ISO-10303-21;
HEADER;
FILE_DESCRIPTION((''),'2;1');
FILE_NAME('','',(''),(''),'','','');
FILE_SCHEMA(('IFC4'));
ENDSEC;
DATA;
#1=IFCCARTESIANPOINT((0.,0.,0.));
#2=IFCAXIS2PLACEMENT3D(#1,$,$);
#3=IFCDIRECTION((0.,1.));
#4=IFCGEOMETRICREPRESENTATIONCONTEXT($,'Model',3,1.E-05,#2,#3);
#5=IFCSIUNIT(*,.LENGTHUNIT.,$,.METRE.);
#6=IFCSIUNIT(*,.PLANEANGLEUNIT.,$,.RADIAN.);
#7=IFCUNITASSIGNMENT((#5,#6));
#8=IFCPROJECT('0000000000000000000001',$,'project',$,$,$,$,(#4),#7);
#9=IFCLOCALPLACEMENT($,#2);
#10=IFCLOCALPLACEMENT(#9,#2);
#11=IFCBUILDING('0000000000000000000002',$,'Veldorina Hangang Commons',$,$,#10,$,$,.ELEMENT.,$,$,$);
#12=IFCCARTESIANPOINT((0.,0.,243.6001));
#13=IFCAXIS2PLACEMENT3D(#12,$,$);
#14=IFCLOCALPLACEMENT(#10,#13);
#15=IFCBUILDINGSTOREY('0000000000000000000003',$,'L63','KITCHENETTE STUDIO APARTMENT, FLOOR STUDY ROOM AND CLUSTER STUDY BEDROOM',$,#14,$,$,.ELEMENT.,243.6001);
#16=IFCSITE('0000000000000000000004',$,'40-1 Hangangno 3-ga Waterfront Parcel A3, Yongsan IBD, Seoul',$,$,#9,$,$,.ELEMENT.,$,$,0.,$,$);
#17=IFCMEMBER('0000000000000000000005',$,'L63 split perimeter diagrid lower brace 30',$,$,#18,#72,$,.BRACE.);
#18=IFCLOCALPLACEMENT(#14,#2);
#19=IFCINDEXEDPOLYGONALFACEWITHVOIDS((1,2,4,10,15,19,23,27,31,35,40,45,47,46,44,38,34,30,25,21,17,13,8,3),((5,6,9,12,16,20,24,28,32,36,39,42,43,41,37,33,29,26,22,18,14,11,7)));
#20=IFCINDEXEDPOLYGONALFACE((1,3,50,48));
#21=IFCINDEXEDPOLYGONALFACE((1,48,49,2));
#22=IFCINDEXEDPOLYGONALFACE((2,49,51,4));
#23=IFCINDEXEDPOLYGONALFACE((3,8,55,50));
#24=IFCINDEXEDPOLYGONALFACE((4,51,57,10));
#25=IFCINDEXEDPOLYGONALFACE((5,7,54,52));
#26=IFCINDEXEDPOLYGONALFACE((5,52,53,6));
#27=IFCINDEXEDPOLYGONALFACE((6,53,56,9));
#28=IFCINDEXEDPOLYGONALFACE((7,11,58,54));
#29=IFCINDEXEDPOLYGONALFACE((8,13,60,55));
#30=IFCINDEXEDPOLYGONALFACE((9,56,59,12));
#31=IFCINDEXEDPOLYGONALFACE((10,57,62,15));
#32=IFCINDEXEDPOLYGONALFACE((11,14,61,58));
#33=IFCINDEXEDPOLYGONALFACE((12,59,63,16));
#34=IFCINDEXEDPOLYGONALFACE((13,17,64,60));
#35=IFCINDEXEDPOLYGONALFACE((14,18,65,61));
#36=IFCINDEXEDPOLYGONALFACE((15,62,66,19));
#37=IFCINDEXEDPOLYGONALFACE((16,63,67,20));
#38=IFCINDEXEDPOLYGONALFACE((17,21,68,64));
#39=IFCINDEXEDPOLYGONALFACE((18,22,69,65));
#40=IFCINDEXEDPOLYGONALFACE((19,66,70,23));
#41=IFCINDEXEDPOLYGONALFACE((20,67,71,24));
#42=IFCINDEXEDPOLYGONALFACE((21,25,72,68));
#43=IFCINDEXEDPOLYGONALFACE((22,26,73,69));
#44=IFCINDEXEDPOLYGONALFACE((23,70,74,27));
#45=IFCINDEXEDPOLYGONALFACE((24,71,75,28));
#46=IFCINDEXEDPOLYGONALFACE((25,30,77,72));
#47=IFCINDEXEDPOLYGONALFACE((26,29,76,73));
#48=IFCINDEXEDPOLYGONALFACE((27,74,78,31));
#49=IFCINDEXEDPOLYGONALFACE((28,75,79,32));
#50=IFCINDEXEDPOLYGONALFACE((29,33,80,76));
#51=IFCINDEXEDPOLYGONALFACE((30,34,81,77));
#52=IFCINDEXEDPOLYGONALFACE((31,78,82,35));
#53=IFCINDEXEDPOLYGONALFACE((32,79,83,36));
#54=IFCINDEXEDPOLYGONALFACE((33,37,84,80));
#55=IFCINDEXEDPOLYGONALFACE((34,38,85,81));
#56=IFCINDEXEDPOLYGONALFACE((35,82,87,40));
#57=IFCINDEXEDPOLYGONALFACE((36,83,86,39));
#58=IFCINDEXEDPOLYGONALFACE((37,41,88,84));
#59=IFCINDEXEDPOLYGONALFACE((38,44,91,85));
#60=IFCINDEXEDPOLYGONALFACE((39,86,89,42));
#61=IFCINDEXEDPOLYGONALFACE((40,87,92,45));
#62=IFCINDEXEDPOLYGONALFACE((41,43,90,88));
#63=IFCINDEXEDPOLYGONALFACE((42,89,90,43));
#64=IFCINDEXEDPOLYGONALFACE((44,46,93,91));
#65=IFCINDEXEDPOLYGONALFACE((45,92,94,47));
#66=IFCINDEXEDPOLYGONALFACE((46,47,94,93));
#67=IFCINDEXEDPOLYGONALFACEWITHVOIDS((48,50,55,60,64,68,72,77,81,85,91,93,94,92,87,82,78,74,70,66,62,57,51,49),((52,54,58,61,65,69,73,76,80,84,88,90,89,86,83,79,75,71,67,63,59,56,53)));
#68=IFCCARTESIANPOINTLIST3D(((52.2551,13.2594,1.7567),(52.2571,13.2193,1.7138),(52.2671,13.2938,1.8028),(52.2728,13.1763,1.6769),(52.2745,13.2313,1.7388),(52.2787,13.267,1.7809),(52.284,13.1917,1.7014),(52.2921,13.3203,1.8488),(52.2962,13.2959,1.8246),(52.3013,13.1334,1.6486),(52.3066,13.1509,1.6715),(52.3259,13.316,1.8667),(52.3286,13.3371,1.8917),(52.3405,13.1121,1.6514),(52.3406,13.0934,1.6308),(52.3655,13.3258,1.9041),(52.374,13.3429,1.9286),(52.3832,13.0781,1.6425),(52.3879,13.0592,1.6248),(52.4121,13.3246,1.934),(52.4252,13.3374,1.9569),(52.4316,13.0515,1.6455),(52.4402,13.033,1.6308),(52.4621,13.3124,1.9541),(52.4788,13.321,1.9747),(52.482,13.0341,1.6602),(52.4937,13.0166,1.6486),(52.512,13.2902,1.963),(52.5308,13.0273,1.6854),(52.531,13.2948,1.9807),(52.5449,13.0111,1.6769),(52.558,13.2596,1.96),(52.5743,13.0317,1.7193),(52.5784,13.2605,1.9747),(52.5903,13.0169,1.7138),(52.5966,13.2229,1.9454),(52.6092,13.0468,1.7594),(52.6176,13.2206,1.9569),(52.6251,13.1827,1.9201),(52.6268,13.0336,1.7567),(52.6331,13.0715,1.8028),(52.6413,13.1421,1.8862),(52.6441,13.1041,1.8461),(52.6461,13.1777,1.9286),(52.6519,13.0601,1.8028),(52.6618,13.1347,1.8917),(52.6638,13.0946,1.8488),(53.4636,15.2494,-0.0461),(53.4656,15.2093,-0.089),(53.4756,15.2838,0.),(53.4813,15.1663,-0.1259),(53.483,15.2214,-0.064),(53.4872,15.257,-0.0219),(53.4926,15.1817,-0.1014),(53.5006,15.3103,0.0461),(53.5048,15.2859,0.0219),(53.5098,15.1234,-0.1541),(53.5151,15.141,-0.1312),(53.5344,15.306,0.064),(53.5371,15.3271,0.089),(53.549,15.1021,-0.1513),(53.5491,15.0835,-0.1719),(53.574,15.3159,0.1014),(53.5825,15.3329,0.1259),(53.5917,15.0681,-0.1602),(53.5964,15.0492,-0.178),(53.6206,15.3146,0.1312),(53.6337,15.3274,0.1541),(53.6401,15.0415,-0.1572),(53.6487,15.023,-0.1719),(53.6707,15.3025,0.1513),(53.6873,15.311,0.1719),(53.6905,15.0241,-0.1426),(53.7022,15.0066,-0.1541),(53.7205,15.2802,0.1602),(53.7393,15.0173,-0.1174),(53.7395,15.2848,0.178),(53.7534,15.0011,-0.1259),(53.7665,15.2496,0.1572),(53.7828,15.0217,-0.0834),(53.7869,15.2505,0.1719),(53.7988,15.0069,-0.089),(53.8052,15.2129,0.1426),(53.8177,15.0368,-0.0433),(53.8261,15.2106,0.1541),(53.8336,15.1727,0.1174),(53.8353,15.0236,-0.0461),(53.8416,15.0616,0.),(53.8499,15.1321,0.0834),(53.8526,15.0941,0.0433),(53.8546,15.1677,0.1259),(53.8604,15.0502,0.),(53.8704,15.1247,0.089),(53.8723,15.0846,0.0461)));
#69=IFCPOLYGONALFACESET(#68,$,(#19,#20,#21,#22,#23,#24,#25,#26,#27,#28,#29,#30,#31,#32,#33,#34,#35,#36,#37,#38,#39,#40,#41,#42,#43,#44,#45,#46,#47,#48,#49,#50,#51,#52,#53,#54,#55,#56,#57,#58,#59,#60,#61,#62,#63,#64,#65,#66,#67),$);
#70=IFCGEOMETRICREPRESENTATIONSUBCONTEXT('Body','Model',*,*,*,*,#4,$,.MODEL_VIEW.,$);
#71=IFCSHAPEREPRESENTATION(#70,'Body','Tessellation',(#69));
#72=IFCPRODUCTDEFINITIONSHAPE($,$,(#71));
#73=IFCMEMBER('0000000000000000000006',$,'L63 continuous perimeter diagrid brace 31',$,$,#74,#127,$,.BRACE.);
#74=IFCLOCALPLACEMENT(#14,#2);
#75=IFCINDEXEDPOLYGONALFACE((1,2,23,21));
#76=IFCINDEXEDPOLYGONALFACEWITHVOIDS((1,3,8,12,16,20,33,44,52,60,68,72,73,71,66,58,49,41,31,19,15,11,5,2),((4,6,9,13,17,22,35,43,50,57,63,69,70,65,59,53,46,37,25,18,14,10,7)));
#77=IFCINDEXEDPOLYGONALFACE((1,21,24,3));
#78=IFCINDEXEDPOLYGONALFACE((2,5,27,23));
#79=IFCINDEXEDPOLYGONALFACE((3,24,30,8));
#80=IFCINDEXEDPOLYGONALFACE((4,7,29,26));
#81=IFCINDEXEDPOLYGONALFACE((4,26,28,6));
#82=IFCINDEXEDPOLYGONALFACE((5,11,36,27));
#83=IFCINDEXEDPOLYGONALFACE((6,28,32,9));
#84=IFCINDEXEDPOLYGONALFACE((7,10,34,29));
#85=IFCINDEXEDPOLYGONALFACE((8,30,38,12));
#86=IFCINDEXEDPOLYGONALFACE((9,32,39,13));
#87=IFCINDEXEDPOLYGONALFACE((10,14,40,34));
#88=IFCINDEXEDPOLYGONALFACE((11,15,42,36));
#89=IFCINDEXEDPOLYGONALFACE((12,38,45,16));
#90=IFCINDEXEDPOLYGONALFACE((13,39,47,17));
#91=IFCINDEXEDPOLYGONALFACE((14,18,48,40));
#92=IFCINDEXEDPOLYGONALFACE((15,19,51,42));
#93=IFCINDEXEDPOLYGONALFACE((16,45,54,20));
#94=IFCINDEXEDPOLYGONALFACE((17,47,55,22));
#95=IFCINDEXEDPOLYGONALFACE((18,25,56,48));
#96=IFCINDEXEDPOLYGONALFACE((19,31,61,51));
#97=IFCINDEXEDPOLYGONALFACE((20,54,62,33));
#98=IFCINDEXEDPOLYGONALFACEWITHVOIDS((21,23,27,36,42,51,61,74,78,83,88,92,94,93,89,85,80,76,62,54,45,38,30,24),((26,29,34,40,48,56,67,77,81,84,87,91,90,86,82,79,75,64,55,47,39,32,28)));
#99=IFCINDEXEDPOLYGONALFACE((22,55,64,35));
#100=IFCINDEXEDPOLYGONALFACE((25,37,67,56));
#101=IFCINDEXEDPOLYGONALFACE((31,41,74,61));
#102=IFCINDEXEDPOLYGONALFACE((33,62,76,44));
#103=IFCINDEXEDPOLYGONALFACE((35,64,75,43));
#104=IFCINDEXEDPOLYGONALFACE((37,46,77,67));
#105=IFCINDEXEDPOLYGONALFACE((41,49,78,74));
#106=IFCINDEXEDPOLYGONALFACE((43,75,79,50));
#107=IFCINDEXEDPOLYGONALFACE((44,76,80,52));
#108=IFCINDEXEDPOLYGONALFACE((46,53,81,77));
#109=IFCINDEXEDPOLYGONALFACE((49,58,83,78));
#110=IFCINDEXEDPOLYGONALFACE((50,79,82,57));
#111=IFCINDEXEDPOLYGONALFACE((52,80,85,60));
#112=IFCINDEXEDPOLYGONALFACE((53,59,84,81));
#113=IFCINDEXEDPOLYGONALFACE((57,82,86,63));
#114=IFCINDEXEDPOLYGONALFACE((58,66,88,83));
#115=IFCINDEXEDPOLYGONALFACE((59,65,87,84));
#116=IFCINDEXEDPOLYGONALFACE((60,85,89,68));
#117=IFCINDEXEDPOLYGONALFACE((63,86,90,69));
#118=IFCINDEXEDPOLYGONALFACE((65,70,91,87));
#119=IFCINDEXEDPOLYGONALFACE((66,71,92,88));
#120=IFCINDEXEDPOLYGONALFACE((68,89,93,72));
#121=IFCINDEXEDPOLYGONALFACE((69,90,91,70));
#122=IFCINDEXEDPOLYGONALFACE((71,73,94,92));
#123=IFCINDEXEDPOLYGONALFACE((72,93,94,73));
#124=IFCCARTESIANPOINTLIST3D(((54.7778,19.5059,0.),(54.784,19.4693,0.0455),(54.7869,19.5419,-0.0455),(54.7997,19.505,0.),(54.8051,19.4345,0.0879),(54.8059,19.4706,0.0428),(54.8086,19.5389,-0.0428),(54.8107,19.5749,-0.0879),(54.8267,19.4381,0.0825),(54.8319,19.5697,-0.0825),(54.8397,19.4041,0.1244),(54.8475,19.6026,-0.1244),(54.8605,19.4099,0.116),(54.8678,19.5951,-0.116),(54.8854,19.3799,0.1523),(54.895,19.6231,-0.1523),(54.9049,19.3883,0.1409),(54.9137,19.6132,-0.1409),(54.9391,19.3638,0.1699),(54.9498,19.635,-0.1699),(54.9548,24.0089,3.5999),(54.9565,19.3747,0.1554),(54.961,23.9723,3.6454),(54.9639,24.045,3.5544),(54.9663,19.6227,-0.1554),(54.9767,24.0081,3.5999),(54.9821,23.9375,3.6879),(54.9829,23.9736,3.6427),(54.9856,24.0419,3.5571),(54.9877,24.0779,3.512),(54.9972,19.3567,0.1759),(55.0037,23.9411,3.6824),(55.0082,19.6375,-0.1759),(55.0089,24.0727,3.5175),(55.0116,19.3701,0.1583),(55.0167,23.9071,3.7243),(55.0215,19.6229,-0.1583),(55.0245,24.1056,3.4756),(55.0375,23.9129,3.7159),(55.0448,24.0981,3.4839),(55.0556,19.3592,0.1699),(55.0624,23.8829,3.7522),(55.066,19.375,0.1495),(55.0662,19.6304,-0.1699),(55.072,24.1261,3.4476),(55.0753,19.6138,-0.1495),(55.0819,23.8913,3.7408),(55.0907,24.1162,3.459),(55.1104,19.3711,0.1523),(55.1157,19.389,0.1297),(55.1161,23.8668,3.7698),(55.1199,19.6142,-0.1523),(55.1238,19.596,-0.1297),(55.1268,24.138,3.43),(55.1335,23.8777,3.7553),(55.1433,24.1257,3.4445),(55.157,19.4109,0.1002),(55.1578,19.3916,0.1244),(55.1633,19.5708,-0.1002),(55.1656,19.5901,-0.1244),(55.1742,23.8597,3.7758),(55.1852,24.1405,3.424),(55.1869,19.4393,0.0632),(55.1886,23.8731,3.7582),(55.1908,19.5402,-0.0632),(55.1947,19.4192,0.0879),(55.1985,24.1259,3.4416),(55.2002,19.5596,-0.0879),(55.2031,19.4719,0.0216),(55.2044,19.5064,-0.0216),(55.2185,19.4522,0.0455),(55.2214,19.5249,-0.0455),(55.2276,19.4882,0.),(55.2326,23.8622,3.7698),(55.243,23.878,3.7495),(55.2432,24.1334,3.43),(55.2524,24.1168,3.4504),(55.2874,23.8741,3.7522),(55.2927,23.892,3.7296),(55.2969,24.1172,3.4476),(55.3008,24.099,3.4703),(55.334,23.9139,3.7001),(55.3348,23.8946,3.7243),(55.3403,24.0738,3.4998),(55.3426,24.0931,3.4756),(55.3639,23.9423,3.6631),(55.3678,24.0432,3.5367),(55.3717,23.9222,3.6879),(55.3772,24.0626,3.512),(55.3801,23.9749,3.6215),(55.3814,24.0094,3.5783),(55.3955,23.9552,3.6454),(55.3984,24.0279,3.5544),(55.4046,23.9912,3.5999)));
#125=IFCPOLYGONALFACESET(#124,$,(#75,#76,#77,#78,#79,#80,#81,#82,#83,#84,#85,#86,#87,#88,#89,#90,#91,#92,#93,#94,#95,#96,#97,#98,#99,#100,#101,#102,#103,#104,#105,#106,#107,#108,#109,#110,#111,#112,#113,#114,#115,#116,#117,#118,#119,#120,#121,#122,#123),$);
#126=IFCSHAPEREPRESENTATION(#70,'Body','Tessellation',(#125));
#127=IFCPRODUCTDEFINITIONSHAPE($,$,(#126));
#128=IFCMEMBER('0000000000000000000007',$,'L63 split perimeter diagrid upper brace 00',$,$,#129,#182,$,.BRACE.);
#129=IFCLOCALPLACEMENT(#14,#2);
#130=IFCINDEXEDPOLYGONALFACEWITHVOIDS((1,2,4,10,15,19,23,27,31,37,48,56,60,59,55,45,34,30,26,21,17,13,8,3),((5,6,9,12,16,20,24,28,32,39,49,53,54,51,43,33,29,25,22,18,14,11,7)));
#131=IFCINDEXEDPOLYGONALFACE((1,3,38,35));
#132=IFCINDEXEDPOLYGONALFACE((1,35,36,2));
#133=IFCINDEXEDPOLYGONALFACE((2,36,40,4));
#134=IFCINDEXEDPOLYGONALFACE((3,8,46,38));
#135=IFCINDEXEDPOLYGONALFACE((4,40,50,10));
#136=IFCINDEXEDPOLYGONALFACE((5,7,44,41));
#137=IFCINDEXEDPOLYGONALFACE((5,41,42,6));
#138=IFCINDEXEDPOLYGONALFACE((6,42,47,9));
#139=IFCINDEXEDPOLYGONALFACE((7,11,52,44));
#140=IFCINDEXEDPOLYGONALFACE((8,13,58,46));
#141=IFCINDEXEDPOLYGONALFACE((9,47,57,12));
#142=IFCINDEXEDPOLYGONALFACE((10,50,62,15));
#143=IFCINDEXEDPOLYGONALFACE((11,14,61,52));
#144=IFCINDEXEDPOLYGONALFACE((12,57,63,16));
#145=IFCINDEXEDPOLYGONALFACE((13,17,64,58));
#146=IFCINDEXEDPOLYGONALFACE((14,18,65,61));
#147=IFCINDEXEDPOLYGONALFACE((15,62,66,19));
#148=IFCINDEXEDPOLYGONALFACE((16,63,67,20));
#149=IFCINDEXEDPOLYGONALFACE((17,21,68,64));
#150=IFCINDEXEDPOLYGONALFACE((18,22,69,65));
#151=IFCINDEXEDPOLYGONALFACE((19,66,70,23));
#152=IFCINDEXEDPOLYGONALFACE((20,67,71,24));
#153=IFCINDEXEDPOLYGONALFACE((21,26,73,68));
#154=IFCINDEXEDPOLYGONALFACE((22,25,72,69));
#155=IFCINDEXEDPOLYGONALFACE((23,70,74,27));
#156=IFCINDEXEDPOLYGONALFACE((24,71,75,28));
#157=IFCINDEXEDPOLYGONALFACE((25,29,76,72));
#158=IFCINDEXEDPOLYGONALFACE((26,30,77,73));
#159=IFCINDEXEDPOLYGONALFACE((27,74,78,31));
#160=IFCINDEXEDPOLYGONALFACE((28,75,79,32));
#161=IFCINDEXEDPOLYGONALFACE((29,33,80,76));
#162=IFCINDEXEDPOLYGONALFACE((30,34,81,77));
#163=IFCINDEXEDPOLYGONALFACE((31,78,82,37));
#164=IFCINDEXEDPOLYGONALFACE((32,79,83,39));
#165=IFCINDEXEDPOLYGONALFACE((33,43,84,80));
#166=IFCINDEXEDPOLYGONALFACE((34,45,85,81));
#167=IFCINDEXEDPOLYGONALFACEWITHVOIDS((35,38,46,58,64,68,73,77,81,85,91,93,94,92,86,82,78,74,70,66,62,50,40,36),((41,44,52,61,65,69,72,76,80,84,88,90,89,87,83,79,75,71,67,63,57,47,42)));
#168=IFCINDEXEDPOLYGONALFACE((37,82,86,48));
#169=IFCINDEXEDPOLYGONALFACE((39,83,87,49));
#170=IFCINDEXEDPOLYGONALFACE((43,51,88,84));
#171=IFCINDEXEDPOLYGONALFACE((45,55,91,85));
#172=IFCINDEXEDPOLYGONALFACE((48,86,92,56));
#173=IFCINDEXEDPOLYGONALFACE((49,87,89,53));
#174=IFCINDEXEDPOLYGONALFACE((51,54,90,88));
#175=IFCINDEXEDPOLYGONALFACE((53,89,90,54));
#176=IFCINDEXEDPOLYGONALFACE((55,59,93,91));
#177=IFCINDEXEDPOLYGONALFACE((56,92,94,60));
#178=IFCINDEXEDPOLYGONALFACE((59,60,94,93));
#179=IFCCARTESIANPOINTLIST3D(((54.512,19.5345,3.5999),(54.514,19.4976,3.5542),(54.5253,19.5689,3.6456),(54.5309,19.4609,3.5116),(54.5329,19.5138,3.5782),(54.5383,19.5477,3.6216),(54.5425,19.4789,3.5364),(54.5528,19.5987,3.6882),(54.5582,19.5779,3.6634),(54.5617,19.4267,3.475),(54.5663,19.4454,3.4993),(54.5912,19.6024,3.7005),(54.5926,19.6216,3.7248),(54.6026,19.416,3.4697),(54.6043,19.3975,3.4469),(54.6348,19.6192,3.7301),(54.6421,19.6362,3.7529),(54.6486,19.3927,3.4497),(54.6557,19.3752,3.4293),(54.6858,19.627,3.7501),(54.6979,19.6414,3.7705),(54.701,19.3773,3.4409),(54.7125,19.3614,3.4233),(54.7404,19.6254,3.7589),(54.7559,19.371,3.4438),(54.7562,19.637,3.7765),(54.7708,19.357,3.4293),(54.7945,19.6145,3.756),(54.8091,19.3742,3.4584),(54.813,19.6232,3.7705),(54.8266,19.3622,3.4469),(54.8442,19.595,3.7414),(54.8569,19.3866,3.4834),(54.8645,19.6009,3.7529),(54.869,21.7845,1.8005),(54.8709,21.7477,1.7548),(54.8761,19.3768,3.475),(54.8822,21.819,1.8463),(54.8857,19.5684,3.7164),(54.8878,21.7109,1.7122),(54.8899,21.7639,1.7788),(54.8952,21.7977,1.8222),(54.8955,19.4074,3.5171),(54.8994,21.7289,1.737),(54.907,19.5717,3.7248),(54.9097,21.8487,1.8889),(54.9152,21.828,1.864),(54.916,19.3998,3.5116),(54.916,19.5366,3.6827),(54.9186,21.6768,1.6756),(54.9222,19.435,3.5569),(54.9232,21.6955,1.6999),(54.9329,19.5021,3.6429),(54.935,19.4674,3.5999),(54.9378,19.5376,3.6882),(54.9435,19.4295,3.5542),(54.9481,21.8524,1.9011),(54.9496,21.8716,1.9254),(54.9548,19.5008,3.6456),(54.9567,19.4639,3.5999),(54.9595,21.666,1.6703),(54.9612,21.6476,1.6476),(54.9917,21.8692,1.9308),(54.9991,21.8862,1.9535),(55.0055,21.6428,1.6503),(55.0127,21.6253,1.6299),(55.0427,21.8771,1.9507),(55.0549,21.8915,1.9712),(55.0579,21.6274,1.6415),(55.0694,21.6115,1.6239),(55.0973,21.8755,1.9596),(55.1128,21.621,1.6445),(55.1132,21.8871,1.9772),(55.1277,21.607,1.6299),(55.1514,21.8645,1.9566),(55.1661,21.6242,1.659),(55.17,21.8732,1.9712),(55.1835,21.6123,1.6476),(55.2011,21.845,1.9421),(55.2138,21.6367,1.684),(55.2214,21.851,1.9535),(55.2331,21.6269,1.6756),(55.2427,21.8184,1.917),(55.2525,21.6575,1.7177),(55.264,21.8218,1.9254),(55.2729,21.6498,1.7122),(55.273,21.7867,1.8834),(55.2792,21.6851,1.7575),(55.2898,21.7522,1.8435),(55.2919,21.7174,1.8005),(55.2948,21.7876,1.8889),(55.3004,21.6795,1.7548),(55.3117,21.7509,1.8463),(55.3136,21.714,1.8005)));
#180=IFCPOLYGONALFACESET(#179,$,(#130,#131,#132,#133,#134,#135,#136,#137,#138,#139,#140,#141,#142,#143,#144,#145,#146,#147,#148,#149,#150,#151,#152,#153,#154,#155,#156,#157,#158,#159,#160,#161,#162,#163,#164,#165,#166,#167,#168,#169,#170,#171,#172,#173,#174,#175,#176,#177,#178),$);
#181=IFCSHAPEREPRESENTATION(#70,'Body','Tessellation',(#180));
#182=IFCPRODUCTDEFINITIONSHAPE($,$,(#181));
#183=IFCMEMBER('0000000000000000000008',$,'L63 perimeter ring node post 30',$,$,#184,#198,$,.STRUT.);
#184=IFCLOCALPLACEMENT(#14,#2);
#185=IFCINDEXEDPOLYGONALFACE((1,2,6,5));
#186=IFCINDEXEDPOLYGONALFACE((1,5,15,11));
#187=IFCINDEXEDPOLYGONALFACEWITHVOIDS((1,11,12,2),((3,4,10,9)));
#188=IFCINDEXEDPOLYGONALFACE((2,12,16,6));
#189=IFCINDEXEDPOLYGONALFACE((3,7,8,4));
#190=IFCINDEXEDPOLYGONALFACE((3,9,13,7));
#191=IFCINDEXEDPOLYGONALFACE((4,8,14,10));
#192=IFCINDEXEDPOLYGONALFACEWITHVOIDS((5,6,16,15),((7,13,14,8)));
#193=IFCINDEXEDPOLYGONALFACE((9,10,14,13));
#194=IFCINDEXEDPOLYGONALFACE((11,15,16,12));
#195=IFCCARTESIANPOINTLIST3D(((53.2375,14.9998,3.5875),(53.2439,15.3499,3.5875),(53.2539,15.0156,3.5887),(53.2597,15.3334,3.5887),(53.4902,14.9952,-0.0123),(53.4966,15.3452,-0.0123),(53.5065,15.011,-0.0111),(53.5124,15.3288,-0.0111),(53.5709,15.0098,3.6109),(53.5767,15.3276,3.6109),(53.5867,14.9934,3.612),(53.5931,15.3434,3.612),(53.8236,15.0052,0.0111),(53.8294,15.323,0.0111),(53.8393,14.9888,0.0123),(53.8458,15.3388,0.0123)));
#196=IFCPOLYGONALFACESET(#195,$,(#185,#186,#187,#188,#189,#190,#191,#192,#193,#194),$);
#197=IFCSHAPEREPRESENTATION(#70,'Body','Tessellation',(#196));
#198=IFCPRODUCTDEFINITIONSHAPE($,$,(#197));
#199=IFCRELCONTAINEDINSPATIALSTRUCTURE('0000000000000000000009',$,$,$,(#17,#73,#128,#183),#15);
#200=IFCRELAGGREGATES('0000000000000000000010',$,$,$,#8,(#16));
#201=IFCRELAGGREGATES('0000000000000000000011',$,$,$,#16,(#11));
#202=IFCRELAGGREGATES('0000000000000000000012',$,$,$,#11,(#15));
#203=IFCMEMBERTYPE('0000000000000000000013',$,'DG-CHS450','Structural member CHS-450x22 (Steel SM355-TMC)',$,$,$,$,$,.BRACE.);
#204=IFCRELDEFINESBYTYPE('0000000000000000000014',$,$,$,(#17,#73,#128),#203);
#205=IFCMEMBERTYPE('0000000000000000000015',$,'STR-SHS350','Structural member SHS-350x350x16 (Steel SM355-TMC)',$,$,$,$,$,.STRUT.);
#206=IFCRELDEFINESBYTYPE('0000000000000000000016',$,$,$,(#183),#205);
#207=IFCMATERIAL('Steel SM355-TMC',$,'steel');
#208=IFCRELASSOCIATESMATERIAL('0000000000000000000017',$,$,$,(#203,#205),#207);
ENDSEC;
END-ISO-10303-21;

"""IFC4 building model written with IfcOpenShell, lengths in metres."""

from ifc_helpers import new_model, si_unit, direction, frame, origin, origin_2d, place, context, subcontext, project, spatial, hollow_rectangle, hollow_circle, extrude, material, material_profile, profile_set, type_object, element, save


model = new_model("IFC4")

# Units and contexts
model_context = context("Model", 3, precision=1e-05, world=origin(), true_north=direction((0.0, 1.0)))
body_context = subcontext(model_context, "Body", "Model", "MODEL_VIEW")
ifc_project = project(units=[si_unit("LENGTHUNIT", "METRE"), si_unit("PLANEANGLEUNIT", "RADIAN")], contexts=[model_context])

# Site, building, storey
site_placement = place(None, origin())
site = spatial("IfcSite", under=ifc_project, at=site_placement, Name="40-1 Hangangno 3-ga Waterfront Parcel A3, Yongsan IBD, Seoul", CompositionType="ELEMENT", RefElevation=0.0)
building_placement = place(site_placement, origin())
building = spatial("IfcBuilding", under=site, at=building_placement, Name="Veldorina Hangang Commons", CompositionType="ELEMENT")
storey_placement = place(building_placement, frame((0.0, 0.0, 243.6001)))
storey = spatial("IfcBuildingStorey", under=building, at=storey_placement, Name="L63", Description="KITCHENETTE STUDIO APARTMENT, FLOOR STUDY ROOM AND CLUSTER STUDY BEDROOM", CompositionType="ELEMENT", Elevation=243.6001)

# Shared definitions
ifc_material_1 = material(Name="Steel SM355-TMC", Category="steel")

# Members
ifc_material_profile_1 = material_profile(ifc_material_1, hollow_circle(Radius=0.2251, WallThickness=0.022, at=origin_2d()), Name="CHS-450x22")
ifc_profile_set_1 = profile_set([ifc_material_profile_1], Name="Steel SM355-TMC")
member_type_1 = type_object("IfcMemberType", Name="DG-CHS450", Description="Structural member CHS-450x22 (Steel SM355-TMC)", PredefinedType="BRACE", material=ifc_profile_set_1)
member_1_placement = place(storey_placement, frame((53.668, 15.167, 0.0), z_axis=(-0.410418, -0.675821, 0.612227), x_axis=(0.854733, -0.519068, 0.0)))
element("IfcMember", 1, at=member_1_placement, inside=storey, type_object=member_type_1, Name="L63 split perimeter diagrid lower brace 30", PredefinedType="BRACE", context=body_context, shape_type="SweptSolid", body=[
    extrude(hollow_circle(Radius=0.2251, WallThickness=0.022, at=origin_2d()), origin(), (0.0, 0.0, 1.0), 2.9446),
])
member_2_placement = place(storey_placement, frame((55.0027, 19.4971, 0.0), z_axis=(0.030688, 0.780712, 0.624138), x_axis=(-0.999228, 0.039278, 0.0)))
element("IfcMember", 2, at=member_2_placement, inside=storey, type_object=member_type_1, Name="L63 continuous perimeter diagrid brace 31", PredefinedType="BRACE", context=body_context, shape_type="SweptSolid", body=[
    extrude(hollow_circle(Radius=0.2251, WallThickness=0.022, at=origin_2d()), origin(), (0.0, 0.0, 1.0), 5.7678),
])
member_3_placement = place(storey_placement, frame((55.0913, 21.7493, 1.8005), z_axis=(-0.122953, -0.775059, 0.619812), x_axis=(0.98765, -0.156678, 0.0)))
element("IfcMember", 3, at=member_3_placement, inside=storey, type_object=member_type_1, Name="L63 split perimeter diagrid upper brace 00", PredefinedType="BRACE", context=body_context, shape_type="SweptSolid", body=[
    extrude(hollow_circle(Radius=0.2251, WallThickness=0.022, at=origin_2d()), origin(), (0.0, 0.0, 1.0), 2.9031),
])
ifc_material_profile_2 = material_profile(ifc_material_1, hollow_rectangle(XDim=0.3501, YDim=0.3501, WallThickness=0.0161, at=origin_2d()), Name="SHS-350x350x16")
ifc_profile_set_2 = profile_set([ifc_material_profile_2], Name="Steel SM355-TMC")
member_type_2 = type_object("IfcMemberType", Name="STR-SHS350", Description="Structural member SHS-350x350x16 (Steel SM355-TMC)", PredefinedType="STRUT", material=ifc_profile_set_2)
member_4_placement = place(storey_placement, frame((53.668, 15.167, 0.0), z_axis=(-0.070021, 0.001285, 0.997545), x_axis=(-0.018354, -0.999832, 0.0)))
element("IfcMember", 4, at=member_4_placement, inside=storey, type_object=member_type_2, Name="L63 perimeter ring node post 30", PredefinedType="STRUT", context=body_context, shape_type="SweptSolid", body=[
    extrude(hollow_rectangle(XDim=0.3501, YDim=0.3501, WallThickness=0.0161, at=origin_2d()), origin(), (0.0, 0.0, 1.0), 3.6086),
])

save(model, "model.ifc")
